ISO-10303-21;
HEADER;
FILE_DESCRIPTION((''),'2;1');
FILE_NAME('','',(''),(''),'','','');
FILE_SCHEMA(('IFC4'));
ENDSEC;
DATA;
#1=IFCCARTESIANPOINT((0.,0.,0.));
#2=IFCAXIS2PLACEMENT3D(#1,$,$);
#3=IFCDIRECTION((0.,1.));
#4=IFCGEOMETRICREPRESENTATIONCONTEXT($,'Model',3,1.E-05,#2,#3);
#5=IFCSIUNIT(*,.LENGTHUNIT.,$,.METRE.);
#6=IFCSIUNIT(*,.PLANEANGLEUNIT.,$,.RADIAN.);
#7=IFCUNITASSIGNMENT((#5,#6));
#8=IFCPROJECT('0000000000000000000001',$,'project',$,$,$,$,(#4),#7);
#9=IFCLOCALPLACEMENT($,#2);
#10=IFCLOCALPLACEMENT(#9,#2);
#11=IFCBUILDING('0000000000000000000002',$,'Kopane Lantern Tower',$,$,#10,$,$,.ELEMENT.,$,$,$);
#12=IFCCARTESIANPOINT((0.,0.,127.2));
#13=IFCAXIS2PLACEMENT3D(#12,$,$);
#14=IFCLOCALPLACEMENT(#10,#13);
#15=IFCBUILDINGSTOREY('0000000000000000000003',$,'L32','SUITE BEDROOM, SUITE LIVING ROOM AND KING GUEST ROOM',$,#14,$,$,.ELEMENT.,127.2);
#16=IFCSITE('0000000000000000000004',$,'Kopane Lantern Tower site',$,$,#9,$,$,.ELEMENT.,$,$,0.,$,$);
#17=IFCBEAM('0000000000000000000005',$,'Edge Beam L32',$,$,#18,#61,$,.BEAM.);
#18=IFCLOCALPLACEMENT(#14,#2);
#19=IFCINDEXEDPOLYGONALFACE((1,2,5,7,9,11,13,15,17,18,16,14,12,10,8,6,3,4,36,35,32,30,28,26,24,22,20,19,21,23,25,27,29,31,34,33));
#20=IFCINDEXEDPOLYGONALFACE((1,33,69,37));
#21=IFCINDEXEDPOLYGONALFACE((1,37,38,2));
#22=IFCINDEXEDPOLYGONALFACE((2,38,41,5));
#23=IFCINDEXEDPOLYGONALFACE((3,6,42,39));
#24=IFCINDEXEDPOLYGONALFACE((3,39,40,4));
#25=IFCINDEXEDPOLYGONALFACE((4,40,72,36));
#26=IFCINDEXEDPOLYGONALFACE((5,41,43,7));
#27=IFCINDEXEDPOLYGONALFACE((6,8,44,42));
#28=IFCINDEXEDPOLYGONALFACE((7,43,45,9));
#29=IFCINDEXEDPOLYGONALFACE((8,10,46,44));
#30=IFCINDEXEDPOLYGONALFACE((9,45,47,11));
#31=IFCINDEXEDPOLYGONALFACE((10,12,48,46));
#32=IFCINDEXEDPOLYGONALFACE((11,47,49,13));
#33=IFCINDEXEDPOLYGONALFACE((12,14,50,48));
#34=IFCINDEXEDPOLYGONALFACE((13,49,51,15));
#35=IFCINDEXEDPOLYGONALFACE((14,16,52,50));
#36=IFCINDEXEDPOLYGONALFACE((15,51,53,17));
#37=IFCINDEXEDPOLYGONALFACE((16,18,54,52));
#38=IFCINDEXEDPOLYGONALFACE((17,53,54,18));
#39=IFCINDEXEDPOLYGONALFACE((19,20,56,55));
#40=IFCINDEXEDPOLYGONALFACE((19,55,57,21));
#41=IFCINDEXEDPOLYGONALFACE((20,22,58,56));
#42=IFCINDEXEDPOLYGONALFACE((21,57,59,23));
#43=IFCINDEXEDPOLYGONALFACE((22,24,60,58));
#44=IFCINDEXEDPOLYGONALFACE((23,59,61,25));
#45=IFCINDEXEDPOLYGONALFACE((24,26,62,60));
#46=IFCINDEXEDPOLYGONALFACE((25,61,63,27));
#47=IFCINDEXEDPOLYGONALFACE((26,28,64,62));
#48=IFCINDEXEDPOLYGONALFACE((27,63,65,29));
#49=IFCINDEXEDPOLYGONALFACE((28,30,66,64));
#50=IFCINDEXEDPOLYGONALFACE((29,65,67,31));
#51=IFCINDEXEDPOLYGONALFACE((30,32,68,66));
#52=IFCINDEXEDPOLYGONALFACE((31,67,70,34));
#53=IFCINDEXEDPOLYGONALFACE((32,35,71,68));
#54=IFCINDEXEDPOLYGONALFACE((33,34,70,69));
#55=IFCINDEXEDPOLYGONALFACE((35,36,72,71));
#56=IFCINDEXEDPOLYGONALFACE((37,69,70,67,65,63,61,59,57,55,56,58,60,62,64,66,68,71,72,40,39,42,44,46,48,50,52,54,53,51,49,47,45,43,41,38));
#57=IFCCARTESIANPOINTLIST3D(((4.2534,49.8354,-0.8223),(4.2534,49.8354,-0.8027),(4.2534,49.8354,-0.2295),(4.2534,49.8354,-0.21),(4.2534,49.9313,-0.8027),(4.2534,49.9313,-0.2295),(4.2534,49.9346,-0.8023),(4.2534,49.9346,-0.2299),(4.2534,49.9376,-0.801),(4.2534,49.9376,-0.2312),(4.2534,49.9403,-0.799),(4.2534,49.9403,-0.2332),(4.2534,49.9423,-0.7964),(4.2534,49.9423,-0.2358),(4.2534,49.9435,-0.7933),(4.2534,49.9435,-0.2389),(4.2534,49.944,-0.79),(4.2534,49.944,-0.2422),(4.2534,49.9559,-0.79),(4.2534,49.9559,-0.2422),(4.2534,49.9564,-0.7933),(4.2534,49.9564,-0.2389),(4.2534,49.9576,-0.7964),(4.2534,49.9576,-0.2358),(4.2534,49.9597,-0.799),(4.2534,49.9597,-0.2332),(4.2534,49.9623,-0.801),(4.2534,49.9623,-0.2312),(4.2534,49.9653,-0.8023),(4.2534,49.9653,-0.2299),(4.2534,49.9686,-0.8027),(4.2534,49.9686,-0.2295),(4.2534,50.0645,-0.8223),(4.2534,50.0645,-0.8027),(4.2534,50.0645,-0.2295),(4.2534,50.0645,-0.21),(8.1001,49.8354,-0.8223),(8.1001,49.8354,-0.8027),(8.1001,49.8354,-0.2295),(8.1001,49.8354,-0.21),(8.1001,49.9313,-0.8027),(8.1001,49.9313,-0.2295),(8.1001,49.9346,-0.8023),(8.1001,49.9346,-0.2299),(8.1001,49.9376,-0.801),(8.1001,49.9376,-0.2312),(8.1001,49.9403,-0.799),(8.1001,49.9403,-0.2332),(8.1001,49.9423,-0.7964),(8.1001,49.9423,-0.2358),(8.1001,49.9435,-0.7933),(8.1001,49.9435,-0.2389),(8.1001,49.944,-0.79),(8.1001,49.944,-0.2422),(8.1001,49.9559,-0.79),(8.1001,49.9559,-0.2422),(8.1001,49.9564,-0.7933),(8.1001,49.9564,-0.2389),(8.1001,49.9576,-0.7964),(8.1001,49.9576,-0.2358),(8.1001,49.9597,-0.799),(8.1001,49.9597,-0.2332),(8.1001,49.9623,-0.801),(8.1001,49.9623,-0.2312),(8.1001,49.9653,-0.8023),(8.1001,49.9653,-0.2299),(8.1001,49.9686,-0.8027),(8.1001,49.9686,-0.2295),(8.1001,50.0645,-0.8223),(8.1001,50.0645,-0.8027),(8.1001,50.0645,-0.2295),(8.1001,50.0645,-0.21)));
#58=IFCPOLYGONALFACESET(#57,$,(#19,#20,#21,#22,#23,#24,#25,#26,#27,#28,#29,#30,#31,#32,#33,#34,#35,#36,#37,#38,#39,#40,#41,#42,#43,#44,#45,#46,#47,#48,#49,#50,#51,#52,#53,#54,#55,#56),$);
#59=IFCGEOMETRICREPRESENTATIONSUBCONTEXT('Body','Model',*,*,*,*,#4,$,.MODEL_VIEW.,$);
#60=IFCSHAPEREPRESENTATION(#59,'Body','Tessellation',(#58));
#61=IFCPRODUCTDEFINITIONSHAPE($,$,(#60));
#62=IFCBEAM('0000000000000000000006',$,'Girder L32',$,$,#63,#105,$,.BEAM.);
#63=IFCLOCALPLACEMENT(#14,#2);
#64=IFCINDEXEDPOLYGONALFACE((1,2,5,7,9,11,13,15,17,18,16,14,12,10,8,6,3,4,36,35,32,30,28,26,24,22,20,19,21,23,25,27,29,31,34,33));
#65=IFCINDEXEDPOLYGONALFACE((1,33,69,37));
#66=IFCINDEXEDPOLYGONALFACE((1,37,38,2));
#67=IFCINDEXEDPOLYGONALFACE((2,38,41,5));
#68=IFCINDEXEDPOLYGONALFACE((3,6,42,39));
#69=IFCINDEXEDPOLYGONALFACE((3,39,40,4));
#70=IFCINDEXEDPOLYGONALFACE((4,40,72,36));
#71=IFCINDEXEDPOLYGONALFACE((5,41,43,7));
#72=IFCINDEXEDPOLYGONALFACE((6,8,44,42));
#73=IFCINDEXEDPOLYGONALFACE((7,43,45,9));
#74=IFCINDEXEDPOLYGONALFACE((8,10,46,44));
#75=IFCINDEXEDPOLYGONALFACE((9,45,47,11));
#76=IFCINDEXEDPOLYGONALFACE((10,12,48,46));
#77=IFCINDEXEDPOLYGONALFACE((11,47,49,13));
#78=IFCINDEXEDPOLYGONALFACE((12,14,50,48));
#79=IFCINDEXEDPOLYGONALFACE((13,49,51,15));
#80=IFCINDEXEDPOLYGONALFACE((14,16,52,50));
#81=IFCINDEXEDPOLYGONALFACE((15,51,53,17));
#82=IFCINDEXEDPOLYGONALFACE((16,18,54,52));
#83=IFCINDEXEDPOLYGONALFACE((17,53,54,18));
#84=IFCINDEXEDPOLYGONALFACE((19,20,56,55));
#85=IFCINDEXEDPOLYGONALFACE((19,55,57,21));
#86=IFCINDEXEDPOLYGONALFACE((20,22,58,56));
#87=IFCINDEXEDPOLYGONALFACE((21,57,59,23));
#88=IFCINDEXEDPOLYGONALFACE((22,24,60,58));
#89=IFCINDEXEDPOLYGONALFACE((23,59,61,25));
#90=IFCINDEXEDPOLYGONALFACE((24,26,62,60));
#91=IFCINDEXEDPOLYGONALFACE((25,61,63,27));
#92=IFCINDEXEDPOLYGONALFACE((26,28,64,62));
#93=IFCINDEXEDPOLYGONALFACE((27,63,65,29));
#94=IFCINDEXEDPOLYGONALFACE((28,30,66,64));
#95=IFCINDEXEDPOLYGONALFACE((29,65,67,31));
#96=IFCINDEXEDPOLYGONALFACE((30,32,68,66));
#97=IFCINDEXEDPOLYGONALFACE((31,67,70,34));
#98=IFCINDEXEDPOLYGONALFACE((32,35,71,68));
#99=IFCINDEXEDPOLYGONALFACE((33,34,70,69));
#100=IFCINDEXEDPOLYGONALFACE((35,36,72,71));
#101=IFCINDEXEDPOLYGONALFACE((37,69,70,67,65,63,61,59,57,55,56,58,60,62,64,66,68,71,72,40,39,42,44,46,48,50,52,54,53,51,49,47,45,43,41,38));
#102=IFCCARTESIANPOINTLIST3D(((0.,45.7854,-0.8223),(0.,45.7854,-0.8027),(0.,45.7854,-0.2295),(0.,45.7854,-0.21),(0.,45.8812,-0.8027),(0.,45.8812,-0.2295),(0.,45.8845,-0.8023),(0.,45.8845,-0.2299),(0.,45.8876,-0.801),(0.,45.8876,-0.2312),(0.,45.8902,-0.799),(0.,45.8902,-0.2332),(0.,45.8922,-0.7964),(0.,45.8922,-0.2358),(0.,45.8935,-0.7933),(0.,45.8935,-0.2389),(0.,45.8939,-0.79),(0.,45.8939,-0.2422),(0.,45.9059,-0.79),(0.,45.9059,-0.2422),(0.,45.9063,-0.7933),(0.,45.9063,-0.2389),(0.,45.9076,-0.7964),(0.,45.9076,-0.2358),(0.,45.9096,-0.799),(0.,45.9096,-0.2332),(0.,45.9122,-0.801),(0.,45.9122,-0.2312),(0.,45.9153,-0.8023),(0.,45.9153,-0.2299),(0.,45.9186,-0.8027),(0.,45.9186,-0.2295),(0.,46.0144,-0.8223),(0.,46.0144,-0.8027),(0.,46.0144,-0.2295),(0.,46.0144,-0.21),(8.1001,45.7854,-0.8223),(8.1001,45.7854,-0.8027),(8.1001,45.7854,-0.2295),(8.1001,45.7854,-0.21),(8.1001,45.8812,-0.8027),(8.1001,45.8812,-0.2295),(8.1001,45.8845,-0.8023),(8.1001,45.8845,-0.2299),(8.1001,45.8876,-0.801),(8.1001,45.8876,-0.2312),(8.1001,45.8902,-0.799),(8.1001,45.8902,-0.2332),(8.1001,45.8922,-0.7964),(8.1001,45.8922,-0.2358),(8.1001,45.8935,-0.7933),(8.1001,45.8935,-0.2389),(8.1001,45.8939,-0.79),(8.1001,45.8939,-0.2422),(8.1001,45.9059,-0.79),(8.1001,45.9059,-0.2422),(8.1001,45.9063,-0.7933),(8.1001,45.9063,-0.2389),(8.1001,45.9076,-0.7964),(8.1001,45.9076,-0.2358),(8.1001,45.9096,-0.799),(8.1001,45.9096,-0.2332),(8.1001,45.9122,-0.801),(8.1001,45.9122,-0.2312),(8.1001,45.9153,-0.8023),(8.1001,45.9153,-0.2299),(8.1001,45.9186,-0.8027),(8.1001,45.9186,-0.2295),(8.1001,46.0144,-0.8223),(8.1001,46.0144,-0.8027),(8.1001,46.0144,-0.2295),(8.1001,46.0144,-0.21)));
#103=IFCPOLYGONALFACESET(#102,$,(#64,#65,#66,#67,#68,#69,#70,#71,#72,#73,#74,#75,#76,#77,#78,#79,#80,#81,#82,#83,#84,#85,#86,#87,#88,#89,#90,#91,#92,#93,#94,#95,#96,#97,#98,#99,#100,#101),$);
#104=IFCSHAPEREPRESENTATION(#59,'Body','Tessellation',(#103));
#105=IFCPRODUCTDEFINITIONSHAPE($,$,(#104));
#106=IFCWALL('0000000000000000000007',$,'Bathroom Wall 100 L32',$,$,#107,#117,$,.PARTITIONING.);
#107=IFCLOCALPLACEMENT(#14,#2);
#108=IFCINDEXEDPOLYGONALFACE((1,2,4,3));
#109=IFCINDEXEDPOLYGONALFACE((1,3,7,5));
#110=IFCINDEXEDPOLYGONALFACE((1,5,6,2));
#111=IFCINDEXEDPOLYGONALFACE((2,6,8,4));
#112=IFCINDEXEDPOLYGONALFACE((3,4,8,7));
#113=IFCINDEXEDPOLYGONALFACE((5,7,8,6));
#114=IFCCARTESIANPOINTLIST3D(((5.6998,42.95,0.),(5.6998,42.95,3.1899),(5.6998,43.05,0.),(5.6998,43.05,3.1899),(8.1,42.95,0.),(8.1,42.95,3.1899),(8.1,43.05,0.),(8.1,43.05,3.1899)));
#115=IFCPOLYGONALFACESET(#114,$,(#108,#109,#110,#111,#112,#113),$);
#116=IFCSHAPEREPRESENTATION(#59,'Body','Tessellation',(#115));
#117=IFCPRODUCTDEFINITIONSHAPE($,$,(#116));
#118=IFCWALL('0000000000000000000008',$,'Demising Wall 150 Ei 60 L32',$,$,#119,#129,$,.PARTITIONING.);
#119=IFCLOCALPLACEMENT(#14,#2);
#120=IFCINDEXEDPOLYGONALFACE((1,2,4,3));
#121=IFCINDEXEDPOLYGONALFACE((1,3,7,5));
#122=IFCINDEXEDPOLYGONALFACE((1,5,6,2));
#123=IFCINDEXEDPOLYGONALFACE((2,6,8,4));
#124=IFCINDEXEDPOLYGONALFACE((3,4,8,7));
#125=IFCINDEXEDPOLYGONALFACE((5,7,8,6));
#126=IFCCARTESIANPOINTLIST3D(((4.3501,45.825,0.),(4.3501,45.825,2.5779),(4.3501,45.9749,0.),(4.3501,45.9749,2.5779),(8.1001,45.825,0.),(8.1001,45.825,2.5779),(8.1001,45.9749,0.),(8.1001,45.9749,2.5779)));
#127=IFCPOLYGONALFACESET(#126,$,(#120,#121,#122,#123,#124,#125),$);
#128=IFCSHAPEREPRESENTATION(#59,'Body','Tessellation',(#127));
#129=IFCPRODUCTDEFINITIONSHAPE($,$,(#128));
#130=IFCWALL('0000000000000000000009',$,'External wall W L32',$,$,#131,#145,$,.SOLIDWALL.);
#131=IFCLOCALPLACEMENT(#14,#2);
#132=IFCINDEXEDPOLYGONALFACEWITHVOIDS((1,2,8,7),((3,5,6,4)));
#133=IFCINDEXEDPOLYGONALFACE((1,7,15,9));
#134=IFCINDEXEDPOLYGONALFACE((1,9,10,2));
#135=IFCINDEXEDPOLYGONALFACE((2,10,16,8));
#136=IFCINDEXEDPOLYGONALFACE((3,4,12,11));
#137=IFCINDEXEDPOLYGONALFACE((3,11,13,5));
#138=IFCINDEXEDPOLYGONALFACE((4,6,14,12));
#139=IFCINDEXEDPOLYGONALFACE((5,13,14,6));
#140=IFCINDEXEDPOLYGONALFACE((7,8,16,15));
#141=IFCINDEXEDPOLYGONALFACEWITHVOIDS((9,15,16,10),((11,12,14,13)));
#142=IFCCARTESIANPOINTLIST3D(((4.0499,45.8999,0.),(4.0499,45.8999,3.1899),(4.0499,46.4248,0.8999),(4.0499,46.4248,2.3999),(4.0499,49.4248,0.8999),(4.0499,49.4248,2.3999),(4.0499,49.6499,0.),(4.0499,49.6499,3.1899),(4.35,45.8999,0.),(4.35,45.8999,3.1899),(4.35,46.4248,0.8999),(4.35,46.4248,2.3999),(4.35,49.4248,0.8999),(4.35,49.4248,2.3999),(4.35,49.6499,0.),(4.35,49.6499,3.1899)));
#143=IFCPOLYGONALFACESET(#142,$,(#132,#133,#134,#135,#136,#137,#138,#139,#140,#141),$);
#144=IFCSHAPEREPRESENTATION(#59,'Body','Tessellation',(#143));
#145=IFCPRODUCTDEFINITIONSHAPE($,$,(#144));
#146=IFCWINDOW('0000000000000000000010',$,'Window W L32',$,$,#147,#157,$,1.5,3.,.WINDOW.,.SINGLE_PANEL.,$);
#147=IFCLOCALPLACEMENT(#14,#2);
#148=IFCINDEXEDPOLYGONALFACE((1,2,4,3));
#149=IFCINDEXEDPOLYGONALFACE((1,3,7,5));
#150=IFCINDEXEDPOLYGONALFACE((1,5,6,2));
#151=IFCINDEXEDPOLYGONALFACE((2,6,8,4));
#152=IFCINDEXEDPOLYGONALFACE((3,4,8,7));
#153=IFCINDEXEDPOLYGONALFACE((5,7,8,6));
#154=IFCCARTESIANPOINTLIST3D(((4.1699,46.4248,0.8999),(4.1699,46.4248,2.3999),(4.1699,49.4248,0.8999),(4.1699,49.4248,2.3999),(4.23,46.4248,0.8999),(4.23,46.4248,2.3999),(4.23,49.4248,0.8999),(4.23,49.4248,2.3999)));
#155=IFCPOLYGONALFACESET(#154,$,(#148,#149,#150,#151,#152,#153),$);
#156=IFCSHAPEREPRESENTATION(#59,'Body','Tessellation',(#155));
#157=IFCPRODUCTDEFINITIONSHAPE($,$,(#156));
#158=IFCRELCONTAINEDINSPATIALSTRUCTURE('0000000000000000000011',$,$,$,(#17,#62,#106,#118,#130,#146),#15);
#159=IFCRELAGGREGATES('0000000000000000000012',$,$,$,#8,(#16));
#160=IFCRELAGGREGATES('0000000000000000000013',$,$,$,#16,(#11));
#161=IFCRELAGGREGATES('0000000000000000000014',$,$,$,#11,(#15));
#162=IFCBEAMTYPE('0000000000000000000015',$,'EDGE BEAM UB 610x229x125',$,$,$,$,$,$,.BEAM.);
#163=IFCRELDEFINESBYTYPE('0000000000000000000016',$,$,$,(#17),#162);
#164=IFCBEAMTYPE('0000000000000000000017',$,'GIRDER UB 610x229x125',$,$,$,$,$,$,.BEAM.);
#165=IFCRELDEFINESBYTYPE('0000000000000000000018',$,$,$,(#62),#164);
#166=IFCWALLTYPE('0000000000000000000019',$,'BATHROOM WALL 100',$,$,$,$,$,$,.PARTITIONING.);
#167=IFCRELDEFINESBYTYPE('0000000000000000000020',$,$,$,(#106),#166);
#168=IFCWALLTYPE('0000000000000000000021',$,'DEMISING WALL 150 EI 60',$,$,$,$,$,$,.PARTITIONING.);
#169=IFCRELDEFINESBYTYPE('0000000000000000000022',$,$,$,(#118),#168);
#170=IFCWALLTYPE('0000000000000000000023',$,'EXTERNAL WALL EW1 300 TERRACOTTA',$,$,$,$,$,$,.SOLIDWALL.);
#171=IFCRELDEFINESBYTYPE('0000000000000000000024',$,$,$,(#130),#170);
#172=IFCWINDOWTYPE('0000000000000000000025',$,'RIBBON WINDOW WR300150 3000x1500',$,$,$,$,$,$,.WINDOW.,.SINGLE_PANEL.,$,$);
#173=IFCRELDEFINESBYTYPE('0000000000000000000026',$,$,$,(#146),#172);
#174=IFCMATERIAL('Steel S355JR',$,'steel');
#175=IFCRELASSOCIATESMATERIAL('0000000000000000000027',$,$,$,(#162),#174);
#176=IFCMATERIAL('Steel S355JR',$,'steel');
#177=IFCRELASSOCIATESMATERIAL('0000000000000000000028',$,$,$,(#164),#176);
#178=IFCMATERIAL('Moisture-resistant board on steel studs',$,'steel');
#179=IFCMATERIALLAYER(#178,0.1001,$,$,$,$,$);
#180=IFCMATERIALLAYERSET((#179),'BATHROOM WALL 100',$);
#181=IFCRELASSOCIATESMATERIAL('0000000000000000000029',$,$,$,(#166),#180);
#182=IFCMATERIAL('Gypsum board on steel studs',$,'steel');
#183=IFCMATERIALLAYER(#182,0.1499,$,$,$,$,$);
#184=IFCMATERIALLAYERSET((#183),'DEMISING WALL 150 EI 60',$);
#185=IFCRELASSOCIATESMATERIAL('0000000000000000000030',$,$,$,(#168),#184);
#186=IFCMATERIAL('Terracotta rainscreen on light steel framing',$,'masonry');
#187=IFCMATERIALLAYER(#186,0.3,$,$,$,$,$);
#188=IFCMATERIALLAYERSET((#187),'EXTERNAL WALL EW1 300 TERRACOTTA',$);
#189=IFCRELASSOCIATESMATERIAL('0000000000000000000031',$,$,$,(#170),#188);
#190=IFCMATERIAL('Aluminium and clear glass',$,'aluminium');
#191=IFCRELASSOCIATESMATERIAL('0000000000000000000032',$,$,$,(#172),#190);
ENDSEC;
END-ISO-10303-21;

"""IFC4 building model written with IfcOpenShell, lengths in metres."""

from ifc_helpers import new_model, si_unit, direction, frame, frame_2d, origin, origin_2d, place, context, subcontext, project, spatial, rectangle, i_section, extrude, material, layer, layer_set, material_profile, profile_set, type_object, element, fill, save


model = new_model("IFC4")

# Units and contexts
model_context = context("Model", 3, precision=1e-05, world=origin(), true_north=direction((0.0, 1.0)))
body_context = subcontext(model_context, "Body", "Model", "MODEL_VIEW")
ifc_project = project(units=[si_unit("LENGTHUNIT", "METRE"), si_unit("PLANEANGLEUNIT", "RADIAN")], contexts=[model_context])

# Site, building, storey
site_placement = place(None, origin())
site = spatial("IfcSite", under=ifc_project, at=site_placement, Name="Kopane Lantern Tower site", CompositionType="ELEMENT", RefElevation=0.0)
building_placement = place(site_placement, origin())
building = spatial("IfcBuilding", under=site, at=building_placement, Name="Kopane Lantern Tower", CompositionType="ELEMENT")
storey_placement = place(building_placement, frame((0.0, 0.0, 127.2)))
storey = spatial("IfcBuildingStorey", under=building, at=storey_placement, Name="L32", Description="SUITE BEDROOM, SUITE LIVING ROOM AND KING GUEST ROOM", CompositionType="ELEMENT", Elevation=127.2)

# Beams
ifc_material_1 = material(Name="Steel S355JR", Category="steel")
ifc_material_profile_1 = material_profile(ifc_material_1, i_section(OverallWidth=0.229, OverallDepth=0.6123, WebThickness=0.012, FlangeThickness=0.0195, FilletRadius=0.0127, at=origin_2d()), Name="UB 610x229x125")
ifc_profile_set_1 = profile_set([ifc_material_profile_1], Name="Steel S355JR")
beam_type_1 = type_object("IfcBeamType", Name="EDGE BEAM UB 610x229x125", PredefinedType="BEAM", material=ifc_profile_set_1)
for number, where, z_axis, x_axis, name in (
    (1, (4.2534, 49.95, -0.5161), (1.0, 0.0, 0.0), (0.0, 1.0, 0.0), "Edge Beam L32"),
):
    element("IfcBeam", number, at=place(storey_placement, frame(where, z_axis=z_axis, x_axis=x_axis)), inside=storey, type_object=beam_type_1, Name=name, PredefinedType="BEAM", context=body_context, shape_type="SweptSolid", body=[
        extrude(i_section(OverallWidth=0.229, OverallDepth=0.6123, WebThickness=0.012, FlangeThickness=0.0195, FilletRadius=0.0127, at=origin_2d()), origin(), (0.0, 0.0, 1.0), 3.8467),
    ])
ifc_material_2 = material(Name="Steel S355JR", Category="steel")
ifc_material_profile_2 = material_profile(ifc_material_2, i_section(OverallWidth=0.229, OverallDepth=0.6123, WebThickness=0.012, FlangeThickness=0.0195, FilletRadius=0.0127, at=origin_2d()), Name="UB 610x229x125")
ifc_profile_set_2 = profile_set([ifc_material_profile_2], Name="Steel S355JR")
beam_type_2 = type_object("IfcBeamType", Name="GIRDER UB 610x229x125", PredefinedType="BEAM", material=ifc_profile_set_2)
beam_1_placement = place(storey_placement, frame((0.0, 45.8999, -0.5161), z_axis=(1.0, 0.0, 0.0), x_axis=(0.0, 1.0, 0.0)))
element("IfcBeam", 2, at=beam_1_placement, inside=storey, type_object=beam_type_2, Name="Girder L32", PredefinedType="BEAM", context=body_context, shape_type="SweptSolid", body=[
    extrude(i_section(OverallWidth=0.229, OverallDepth=0.6123, WebThickness=0.012, FlangeThickness=0.0195, FilletRadius=0.0127, at=origin_2d()), origin(), (0.0, 0.0, 1.0), 8.1001),
])

# Walls
ifc_material_3 = material(Name="Moisture-resistant board on steel studs", Category="steel")
ifc_layer_1 = layer(ifc_material_3, 0.1001)
ifc_layer_set_1 = layer_set([ifc_layer_1], Name="BATHROOM WALL 100")
wall_type_1 = type_object("IfcWallType", Name="BATHROOM WALL 100", PredefinedType="PARTITIONING", material=ifc_layer_set_1)
wall_1_placement = place(storey_placement, frame((8.1001, 43.0, 0.0), z_axis=(0.0, 0.0, 1.0), x_axis=(-1.0, 0.0, 0.0)))
element("IfcWall", 3, at=wall_1_placement, inside=storey, type_object=wall_type_1, Name="Bathroom Wall 100 L32", PredefinedType="PARTITIONING", context=body_context, shape_type="SweptSolid", body=[
    extrude(rectangle(XDim=2.4001, YDim=0.1001, at=frame_2d((1.2002, 0.0))), origin(), (0.0, 0.0, 1.0), 3.1899),
])
ifc_material_4 = material(Name="Gypsum board on steel studs", Category="steel")
ifc_layer_2 = layer(ifc_material_4, 0.1499)
ifc_layer_set_2 = layer_set([ifc_layer_2], Name="DEMISING WALL 150 EI 60")
wall_type_2 = type_object("IfcWallType", Name="DEMISING WALL 150 EI 60", PredefinedType="PARTITIONING", material=ifc_layer_set_2)
wall_2_placement = place(storey_placement, frame((4.3501, 45.8999, 0.0), z_axis=(0.0, 0.0, 1.0), x_axis=(1.0, 0.0, 0.0)))
element("IfcWall", 4, at=wall_2_placement, inside=storey, type_object=wall_type_2, Name="Demising Wall 150 Ei 60 L32", PredefinedType="PARTITIONING", context=body_context, shape_type="SweptSolid", body=[
    extrude(rectangle(XDim=3.75, YDim=0.1499, at=frame_2d((1.875, 0.0))), origin(), (0.0, 0.0, 1.0), 2.5779),
])

# Wall, opening, window
ifc_material_5 = material(Name="Terracotta rainscreen on light steel framing", Category="masonry")
ifc_layer_3 = layer(ifc_material_5, 0.3)
ifc_layer_set_3 = layer_set([ifc_layer_3], Name="EXTERNAL WALL EW1 300 TERRACOTTA")
wall_type_3 = type_object("IfcWallType", Name="EXTERNAL WALL EW1 300 TERRACOTTA", PredefinedType="SOLIDWALL", material=ifc_layer_set_3)
wall_3_placement = place(storey_placement, frame((4.2, 49.6499, 0.0), z_axis=(0.0, 0.0, 1.0), x_axis=(0.0, -1.0, 0.0)))
wall_3 = element("IfcWall", 5, at=wall_3_placement, inside=storey, type_object=wall_type_3, Name="External wall W L32", PredefinedType="SOLIDWALL", context=body_context, shape_type="SweptSolid", body=[
    extrude(rectangle(XDim=3.75, YDim=0.3, at=frame_2d((1.875, 0.0))), origin(), (0.0, 0.0, 1.0), 3.1899),
])
opening_1_placement = place(wall_3_placement, frame((0.2251, 0.0, 0.8999)))
opening_1 = element("IfcOpeningElement", 6, at=opening_1_placement, cuts=wall_3, PredefinedType="OPENING", context=body_context, shape_type="SweptSolid", body=[
    extrude(rectangle(XDim=3.0, YDim=1.5, at=frame_2d((1.5, 0.75))), frame((0.0, 0.1599, 0.0), z_axis=(0.0, -1.0, 0.0), x_axis=(1.0, 0.0, 0.0)), (0.0, 0.0, 1.0), 0.3201),
])
ifc_material_6 = material(Name="Aluminium and clear glass", Category="aluminium")
window_type_1 = type_object("IfcWindowType", Name="RIBBON WINDOW WR300150 3000x1500", PartitioningType="SINGLE_PANEL", PredefinedType="WINDOW", material=ifc_material_6)
window_1_placement = place(opening_1_placement, origin())
window_1 = element("IfcWindow", 7, at=window_1_placement, inside=storey, type_object=window_type_1, Name="Window W L32", OverallHeight=1.5, OverallWidth=3.0, PartitioningType="SINGLE_PANEL", PredefinedType="WINDOW", context=body_context, shape_type="SweptSolid", body=[
    extrude(rectangle(XDim=3.0, YDim=1.5, at=frame_2d((1.5, 0.75))), frame((0.0, 0.03, 0.0), z_axis=(0.0, -1.0, 0.0), x_axis=(1.0, 0.0, 0.0)), (0.0, 0.0, 1.0), 0.0601),
])
fill(opening_1, window_1)

save(model, "model.ifc")
